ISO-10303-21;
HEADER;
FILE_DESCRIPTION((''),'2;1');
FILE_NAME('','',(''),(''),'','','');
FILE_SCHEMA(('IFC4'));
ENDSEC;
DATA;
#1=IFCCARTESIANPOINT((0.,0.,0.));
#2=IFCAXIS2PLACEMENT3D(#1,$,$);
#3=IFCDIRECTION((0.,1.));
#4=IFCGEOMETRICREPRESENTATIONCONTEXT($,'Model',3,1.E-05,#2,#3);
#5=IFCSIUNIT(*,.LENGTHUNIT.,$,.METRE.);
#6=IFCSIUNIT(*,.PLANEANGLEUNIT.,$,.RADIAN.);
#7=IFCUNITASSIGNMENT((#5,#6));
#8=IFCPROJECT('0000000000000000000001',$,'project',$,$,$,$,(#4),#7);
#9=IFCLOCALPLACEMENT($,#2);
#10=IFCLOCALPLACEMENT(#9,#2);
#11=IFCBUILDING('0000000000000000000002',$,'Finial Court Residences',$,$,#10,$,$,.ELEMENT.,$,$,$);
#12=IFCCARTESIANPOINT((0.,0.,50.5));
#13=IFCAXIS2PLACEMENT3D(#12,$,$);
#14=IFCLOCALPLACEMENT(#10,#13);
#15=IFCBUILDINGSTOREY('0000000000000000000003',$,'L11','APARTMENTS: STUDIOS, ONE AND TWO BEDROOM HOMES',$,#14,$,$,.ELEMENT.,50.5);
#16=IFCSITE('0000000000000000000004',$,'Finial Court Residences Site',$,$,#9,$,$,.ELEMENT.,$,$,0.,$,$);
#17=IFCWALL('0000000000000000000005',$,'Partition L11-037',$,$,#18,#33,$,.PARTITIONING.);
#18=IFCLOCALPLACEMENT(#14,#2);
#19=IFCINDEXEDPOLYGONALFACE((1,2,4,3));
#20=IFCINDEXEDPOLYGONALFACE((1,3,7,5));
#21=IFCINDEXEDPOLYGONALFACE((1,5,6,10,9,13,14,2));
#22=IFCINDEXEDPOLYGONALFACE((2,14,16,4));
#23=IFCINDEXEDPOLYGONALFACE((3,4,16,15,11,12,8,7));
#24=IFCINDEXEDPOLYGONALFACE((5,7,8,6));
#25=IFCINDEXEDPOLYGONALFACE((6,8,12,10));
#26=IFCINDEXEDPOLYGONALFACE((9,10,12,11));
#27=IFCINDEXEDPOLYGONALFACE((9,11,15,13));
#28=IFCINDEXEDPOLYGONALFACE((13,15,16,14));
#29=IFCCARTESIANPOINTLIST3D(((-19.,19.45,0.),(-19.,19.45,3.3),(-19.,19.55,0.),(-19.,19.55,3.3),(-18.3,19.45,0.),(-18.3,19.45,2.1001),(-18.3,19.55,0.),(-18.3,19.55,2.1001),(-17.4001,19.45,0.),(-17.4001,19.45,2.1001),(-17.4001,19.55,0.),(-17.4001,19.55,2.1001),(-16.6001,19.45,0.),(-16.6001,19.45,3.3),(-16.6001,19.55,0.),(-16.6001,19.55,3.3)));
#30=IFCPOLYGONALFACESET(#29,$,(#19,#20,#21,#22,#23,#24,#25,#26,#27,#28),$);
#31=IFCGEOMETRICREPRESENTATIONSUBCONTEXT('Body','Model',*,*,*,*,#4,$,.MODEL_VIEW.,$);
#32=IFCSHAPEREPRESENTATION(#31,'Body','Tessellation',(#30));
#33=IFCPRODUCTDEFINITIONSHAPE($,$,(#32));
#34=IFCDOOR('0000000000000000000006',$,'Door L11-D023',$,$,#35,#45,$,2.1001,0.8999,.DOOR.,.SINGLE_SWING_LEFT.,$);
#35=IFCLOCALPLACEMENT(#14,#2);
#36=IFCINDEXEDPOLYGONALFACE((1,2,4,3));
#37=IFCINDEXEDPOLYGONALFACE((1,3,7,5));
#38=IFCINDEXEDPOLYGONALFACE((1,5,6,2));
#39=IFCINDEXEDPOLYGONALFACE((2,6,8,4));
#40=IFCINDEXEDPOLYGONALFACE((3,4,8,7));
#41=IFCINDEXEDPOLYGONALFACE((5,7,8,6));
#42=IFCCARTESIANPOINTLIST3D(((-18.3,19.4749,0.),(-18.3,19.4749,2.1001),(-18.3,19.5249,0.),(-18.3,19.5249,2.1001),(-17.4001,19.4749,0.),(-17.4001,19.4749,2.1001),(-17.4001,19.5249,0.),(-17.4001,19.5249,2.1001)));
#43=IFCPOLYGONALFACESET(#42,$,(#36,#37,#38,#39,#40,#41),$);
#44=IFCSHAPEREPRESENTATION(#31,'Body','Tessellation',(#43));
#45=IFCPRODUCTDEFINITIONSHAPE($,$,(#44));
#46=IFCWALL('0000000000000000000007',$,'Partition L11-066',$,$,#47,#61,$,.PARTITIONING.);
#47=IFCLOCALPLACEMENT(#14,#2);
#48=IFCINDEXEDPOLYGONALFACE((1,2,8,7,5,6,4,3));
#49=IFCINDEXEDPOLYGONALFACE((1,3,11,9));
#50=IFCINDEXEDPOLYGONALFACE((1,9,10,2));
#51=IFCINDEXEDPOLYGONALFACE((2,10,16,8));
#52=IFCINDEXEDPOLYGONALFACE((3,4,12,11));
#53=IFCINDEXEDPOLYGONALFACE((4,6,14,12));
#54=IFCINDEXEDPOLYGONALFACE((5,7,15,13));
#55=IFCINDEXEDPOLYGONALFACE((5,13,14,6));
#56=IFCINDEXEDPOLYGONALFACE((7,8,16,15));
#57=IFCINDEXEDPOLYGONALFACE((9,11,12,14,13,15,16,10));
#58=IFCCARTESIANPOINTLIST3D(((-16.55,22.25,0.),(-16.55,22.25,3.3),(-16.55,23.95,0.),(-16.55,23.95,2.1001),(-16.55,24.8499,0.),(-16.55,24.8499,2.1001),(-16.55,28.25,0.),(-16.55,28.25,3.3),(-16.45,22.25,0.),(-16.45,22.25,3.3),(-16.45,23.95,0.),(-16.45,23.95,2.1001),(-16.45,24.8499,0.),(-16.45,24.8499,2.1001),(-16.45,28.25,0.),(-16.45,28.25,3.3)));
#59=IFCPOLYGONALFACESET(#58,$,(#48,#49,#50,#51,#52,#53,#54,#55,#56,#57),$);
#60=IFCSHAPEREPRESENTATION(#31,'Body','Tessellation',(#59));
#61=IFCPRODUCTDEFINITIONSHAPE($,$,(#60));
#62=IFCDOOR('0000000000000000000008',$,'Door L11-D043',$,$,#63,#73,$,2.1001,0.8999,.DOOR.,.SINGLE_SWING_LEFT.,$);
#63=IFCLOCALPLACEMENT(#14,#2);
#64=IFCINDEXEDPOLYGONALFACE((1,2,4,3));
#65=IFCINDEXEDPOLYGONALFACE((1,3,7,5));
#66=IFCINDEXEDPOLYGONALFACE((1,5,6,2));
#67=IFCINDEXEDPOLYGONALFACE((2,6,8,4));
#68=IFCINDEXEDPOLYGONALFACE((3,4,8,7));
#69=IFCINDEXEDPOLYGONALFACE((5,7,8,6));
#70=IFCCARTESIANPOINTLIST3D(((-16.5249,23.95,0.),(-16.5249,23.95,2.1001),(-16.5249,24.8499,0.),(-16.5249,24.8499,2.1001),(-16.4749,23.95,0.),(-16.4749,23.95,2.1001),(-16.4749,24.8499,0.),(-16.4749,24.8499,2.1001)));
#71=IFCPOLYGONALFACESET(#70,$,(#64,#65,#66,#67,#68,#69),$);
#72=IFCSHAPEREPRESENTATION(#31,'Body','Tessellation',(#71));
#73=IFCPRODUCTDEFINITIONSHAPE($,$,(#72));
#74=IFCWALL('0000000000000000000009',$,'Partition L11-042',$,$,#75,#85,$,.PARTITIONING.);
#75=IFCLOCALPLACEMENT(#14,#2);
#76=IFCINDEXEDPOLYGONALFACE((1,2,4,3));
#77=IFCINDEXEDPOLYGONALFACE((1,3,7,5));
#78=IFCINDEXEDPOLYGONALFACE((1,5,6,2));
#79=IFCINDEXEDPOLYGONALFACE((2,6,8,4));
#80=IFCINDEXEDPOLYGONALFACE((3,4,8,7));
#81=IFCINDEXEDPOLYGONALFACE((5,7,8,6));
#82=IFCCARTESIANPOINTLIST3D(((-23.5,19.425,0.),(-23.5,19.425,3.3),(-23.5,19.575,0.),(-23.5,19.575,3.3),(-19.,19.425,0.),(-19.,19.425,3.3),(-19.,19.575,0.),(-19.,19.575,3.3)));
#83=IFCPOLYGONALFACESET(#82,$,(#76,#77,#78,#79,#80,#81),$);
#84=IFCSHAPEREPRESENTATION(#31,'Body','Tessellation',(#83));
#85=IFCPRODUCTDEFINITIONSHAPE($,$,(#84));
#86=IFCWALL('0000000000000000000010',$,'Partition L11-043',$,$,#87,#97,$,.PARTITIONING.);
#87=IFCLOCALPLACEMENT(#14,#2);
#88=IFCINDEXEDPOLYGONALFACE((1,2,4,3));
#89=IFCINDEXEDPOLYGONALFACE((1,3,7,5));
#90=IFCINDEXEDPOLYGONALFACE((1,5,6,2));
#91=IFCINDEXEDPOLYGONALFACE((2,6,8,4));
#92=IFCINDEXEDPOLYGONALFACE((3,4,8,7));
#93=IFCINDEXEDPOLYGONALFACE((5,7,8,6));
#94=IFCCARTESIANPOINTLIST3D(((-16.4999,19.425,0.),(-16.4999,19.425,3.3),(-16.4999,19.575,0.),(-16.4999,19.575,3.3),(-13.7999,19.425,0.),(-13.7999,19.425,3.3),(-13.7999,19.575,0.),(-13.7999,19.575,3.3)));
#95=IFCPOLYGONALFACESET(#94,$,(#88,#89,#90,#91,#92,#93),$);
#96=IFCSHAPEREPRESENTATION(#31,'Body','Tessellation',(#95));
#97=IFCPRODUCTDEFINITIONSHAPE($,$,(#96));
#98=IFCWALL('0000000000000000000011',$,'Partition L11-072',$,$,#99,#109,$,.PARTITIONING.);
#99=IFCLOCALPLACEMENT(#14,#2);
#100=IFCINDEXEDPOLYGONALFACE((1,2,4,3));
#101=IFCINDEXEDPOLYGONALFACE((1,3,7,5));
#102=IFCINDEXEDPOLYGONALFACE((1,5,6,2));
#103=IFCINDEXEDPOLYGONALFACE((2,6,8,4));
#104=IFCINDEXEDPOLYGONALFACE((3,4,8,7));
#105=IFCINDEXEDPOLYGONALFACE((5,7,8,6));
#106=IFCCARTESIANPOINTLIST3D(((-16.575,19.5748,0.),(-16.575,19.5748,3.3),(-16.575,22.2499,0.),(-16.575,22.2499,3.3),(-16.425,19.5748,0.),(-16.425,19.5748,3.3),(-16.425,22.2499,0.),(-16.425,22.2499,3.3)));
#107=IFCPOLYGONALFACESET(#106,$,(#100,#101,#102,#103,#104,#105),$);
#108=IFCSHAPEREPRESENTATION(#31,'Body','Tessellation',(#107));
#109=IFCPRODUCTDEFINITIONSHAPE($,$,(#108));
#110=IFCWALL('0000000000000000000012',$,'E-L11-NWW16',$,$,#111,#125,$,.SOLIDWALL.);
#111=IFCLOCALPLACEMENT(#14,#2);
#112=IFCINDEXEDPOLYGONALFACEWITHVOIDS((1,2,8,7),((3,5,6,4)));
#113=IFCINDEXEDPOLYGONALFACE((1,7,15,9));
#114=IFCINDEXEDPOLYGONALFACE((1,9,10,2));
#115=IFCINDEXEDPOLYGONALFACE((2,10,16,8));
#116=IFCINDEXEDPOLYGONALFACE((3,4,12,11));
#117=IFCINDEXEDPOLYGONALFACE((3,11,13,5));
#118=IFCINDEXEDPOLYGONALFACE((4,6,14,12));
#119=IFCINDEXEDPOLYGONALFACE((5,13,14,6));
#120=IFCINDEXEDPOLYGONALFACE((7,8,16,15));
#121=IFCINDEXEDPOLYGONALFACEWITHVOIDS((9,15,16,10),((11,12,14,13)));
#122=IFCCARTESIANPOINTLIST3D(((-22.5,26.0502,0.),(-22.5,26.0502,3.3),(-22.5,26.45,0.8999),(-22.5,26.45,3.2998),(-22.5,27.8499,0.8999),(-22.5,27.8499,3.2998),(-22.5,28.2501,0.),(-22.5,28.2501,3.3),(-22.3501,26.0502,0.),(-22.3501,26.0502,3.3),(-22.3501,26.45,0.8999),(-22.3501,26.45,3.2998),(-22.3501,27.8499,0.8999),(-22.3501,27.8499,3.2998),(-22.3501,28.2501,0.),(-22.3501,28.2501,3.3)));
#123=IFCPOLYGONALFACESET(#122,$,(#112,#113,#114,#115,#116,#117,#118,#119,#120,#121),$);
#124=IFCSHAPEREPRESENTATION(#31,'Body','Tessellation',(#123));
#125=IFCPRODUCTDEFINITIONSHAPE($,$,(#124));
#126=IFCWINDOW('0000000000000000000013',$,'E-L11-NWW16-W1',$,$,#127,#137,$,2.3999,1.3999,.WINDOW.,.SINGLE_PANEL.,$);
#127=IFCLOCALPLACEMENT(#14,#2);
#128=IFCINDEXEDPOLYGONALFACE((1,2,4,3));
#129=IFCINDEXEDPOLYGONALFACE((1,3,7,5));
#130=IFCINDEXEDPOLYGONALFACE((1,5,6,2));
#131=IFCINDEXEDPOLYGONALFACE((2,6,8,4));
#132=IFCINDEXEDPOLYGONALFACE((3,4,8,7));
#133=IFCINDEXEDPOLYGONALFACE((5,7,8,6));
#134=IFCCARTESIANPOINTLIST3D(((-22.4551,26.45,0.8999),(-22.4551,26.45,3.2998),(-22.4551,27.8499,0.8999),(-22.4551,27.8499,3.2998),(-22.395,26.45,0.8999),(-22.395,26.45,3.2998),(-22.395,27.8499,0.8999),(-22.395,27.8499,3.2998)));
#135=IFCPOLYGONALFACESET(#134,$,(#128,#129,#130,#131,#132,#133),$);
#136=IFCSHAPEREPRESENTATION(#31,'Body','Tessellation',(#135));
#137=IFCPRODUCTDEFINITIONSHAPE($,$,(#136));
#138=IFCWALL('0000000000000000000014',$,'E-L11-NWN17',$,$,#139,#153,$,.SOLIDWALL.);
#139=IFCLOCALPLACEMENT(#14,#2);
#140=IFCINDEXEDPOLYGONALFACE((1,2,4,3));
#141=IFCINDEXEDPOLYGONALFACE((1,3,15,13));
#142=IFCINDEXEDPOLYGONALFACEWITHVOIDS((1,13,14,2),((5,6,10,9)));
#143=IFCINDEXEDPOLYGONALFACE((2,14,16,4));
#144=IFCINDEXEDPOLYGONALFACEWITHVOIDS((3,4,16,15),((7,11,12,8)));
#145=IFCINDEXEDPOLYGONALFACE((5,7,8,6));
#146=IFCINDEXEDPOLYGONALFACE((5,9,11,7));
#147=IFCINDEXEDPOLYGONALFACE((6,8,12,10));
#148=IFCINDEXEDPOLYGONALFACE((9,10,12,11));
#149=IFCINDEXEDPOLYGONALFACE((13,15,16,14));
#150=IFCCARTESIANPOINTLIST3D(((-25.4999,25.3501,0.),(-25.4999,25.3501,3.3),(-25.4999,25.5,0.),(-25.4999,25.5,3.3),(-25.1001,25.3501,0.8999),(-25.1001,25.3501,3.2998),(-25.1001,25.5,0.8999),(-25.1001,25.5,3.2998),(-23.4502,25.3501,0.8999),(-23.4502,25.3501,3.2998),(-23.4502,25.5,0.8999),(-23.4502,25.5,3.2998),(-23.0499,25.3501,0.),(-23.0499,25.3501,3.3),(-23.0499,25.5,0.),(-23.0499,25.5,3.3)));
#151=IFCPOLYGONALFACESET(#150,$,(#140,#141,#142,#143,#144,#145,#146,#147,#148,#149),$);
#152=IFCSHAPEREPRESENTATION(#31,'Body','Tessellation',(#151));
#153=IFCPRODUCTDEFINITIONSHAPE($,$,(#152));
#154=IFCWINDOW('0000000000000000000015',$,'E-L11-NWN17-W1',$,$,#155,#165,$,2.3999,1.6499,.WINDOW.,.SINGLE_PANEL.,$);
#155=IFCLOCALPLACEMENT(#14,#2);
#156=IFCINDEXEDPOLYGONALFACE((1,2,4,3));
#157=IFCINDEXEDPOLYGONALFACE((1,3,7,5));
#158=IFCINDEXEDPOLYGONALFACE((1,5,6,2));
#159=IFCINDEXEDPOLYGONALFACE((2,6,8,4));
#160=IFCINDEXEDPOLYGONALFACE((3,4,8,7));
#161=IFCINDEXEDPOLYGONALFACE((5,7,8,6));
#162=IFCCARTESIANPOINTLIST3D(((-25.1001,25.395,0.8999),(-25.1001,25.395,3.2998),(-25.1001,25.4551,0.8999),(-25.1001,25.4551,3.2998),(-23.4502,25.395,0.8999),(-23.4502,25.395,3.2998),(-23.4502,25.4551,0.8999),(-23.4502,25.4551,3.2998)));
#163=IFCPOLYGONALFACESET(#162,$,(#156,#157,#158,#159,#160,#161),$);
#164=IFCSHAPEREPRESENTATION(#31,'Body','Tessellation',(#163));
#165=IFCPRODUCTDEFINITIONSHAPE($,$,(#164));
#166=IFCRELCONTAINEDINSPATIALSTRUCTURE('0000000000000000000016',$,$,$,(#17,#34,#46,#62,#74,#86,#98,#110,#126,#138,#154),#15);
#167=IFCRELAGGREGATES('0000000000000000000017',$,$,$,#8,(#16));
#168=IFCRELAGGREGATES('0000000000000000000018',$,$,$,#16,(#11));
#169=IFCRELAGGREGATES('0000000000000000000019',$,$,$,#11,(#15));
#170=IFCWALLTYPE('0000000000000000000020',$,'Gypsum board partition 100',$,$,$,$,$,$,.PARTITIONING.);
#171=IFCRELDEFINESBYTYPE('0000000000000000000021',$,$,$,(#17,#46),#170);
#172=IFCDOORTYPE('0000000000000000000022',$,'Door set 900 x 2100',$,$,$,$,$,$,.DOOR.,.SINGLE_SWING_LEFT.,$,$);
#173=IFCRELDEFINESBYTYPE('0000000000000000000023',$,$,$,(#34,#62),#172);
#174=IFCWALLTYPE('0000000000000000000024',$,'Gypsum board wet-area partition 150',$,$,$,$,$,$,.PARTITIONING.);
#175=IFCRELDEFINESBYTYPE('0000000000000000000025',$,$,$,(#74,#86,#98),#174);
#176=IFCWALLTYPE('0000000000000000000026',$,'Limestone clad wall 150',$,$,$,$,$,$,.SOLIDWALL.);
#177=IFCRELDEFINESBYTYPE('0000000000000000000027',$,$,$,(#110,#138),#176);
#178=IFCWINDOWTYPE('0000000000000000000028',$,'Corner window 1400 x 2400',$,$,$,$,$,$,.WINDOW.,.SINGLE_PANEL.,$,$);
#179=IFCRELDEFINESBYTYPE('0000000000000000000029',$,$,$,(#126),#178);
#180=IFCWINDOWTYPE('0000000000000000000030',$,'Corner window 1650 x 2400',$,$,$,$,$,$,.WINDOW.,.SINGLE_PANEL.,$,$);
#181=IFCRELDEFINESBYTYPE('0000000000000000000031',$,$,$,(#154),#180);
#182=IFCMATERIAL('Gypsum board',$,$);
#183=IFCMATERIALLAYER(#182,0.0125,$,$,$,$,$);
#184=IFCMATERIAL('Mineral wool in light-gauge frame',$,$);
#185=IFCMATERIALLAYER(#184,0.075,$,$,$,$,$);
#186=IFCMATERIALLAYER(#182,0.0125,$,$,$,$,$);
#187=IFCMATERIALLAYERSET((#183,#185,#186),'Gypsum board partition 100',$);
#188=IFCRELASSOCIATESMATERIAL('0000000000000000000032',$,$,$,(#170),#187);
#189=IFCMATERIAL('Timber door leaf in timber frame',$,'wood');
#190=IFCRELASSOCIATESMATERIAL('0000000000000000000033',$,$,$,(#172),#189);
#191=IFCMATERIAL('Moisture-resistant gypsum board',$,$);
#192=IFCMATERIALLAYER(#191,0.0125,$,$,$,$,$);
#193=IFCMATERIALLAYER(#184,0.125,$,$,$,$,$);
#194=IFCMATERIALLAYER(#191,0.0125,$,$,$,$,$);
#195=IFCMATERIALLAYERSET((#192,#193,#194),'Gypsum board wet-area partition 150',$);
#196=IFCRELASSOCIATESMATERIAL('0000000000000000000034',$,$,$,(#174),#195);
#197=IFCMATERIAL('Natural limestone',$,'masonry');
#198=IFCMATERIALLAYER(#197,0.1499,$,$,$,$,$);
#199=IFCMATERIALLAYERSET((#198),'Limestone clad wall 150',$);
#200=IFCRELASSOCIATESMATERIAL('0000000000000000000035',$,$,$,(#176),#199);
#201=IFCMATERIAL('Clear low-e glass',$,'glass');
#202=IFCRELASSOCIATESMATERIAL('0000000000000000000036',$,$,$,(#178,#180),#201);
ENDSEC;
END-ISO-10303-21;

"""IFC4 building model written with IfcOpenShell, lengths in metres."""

from ifc_helpers import new_model, si_unit, direction, frame, frame_2d, origin, place, context, subcontext, project, spatial, rectangle, extrude, material, layer, layer_set, type_object, element, fill, save


model = new_model("IFC4")

# Units and contexts
model_context = context("Model", 3, precision=1e-05, world=origin(), true_north=direction((0.0, 1.0)))
body_context = subcontext(model_context, "Body", "Model", "MODEL_VIEW")
ifc_project = project(units=[si_unit("LENGTHUNIT", "METRE"), si_unit("PLANEANGLEUNIT", "RADIAN")], contexts=[model_context])

# Site, building, storey
site_placement = place(None, origin())
site = spatial("IfcSite", under=ifc_project, at=site_placement, Name="Finial Court Residences Site", CompositionType="ELEMENT", RefElevation=0.0)
building_placement = place(site_placement, origin())
building = spatial("IfcBuilding", under=site, at=building_placement, Name="Finial Court Residences", CompositionType="ELEMENT")
storey_placement = place(building_placement, frame((0.0, 0.0, 50.5)))
storey = spatial("IfcBuildingStorey", under=building, at=storey_placement, Name="L11", Description="APARTMENTS: STUDIOS, ONE AND TWO BEDROOM HOMES", CompositionType="ELEMENT", Elevation=50.5)

# Shared definitions
ifc_material_1 = material(Name="Clear low-e glass", Category="glass")

# Shared definitions
ifc_material_2 = material(Name="Gypsum board")
ifc_layer_1 = layer(ifc_material_2, 0.0125)
ifc_material_3 = material(Name="Mineral wool in light-gauge frame")
ifc_layer_2 = layer(ifc_material_3, 0.075)
ifc_layer_3 = layer(ifc_material_2, 0.0125)
ifc_layer_set_1 = layer_set([ifc_layer_1, ifc_layer_2, ifc_layer_3], Name="Gypsum board partition 100")
wall_type_1 = type_object("IfcWallType", Name="Gypsum board partition 100", PredefinedType="PARTITIONING", material=ifc_layer_set_1)

# Walls, openings, doors
wall_1_placement = place(storey_placement, frame((-19.0, 19.5, 0.0), z_axis=(0.0, 0.0, 1.0), x_axis=(1.0, 0.0, 0.0)))
wall_1 = element("IfcWall", 1, at=wall_1_placement, inside=storey, type_object=wall_type_1, Name="Partition L11-037", PredefinedType="PARTITIONING", context=body_context, shape_type="SweptSolid", body=[
    extrude(rectangle(XDim=2.3999, YDim=0.1001, at=frame_2d((1.2, 0.0))), origin(), (0.0, 0.0, 1.0), 3.3),
])
opening_1_placement = place(wall_1_placement, frame((0.7, 0.0, 0.0)))
opening_1 = element("IfcOpeningElement", 2, at=opening_1_placement, cuts=wall_1, PredefinedType="OPENING", context=body_context, shape_type="SweptSolid", body=[
    extrude(rectangle(XDim=0.8999, YDim=2.1001, at=frame_2d((0.45, 1.05))), frame((0.0, 0.0601, 0.0), z_axis=(0.0, -1.0, 0.0), x_axis=(1.0, 0.0, 0.0)), (0.0, 0.0, 1.0), 0.1201),
])
ifc_material_4 = material(Name="Timber door leaf in timber frame", Category="wood")
door_type = type_object("IfcDoorType", Name="Door set 900 x 2100", OperationType="SINGLE_SWING_LEFT", PredefinedType="DOOR", material=ifc_material_4)
door_1_placement = place(opening_1_placement, origin())
door_1 = element("IfcDoor", 3, at=door_1_placement, inside=storey, type_object=door_type, Name="Door L11-D023", OperationType="SINGLE_SWING_LEFT", OverallHeight=2.1001, OverallWidth=0.8999, PredefinedType="DOOR", context=body_context, shape_type="SweptSolid", body=[
    extrude(rectangle(XDim=0.8999, YDim=2.1001, at=frame_2d((0.45, 1.05))), frame((0.0, 0.0249, 0.0), z_axis=(0.0, -1.0, 0.0), x_axis=(1.0, 0.0, 0.0)), (0.0, 0.0, 1.0), 0.05),
])
fill(opening_1, door_1)
wall_2_placement = place(storey_placement, frame((-16.5, 22.25, 0.0), z_axis=(0.0, 0.0, 1.0), x_axis=(0.0, 1.0, 0.0)))
wall_2 = element("IfcWall", 4, at=wall_2_placement, inside=storey, type_object=wall_type_1, Name="Partition L11-066", PredefinedType="PARTITIONING", context=body_context, shape_type="SweptSolid", body=[
    extrude(rectangle(XDim=6.0, YDim=0.1001, at=frame_2d((3.0, 0.0))), origin(), (0.0, 0.0, 1.0), 3.3),
])
opening_2_placement = place(wall_2_placement, frame((1.7, 0.0, 0.0)))
opening_2 = element("IfcOpeningElement", 5, at=opening_2_placement, cuts=wall_2, PredefinedType="OPENING", context=body_context, shape_type="SweptSolid", body=[
    extrude(rectangle(XDim=0.8999, YDim=2.1001, at=frame_2d((0.45, 1.05))), frame((0.0, 0.0601, 0.0), z_axis=(0.0, -1.0, 0.0), x_axis=(1.0, 0.0, 0.0)), (0.0, 0.0, 1.0), 0.1201),
])
door_2_placement = place(opening_2_placement, origin())
door_2 = element("IfcDoor", 6, at=door_2_placement, inside=storey, type_object=door_type, Name="Door L11-D043", OperationType="SINGLE_SWING_LEFT", OverallHeight=2.1001, OverallWidth=0.8999, PredefinedType="DOOR", context=body_context, shape_type="SweptSolid", body=[
    extrude(rectangle(XDim=0.8999, YDim=2.1001, at=frame_2d((0.45, 1.05))), frame((0.0, 0.0249, 0.0), z_axis=(0.0, -1.0, 0.0), x_axis=(1.0, 0.0, 0.0)), (0.0, 0.0, 1.0), 0.05),
])
fill(opening_2, door_2)

# Walls
ifc_material_5 = material(Name="Moisture-resistant gypsum board")
ifc_layer_4 = layer(ifc_material_5, 0.0125)
ifc_layer_5 = layer(ifc_material_3, 0.125)
ifc_layer_6 = layer(ifc_material_5, 0.0125)
ifc_layer_set_2 = layer_set([ifc_layer_4, ifc_layer_5, ifc_layer_6], Name="Gypsum board wet-area partition 150")
wall_type_2 = type_object("IfcWallType", Name="Gypsum board wet-area partition 150", PredefinedType="PARTITIONING", material=ifc_layer_set_2)
wall_3_placement = place(storey_placement, frame((-23.5, 19.5, 0.0), z_axis=(0.0, 0.0, 1.0), x_axis=(1.0, 0.0, 0.0)))
element("IfcWall", 7, at=wall_3_placement, inside=storey, type_object=wall_type_2, Name="Partition L11-042", PredefinedType="PARTITIONING", context=body_context, shape_type="SweptSolid", body=[
    extrude(rectangle(XDim=4.5, YDim=0.1499, at=frame_2d((2.25, 0.0))), origin(), (0.0, 0.0, 1.0), 3.3),
])
wall_4_placement = place(storey_placement, frame((-16.5, 19.5, 0.0), z_axis=(0.0, 0.0, 1.0), x_axis=(1.0, 0.0, 0.0)))
element("IfcWall", 8, at=wall_4_placement, inside=storey, type_object=wall_type_2, Name="Partition L11-043", PredefinedType="PARTITIONING", context=body_context, shape_type="SweptSolid", body=[
    extrude(rectangle(XDim=2.7, YDim=0.1499, at=frame_2d((1.3501, 0.0))), origin(), (0.0, 0.0, 1.0), 3.3),
])
wall_5_placement = place(storey_placement, frame((-16.5, 19.575, 0.0), z_axis=(0.0, 0.0, 1.0), x_axis=(0.0, 1.0, 0.0)))
element("IfcWall", 9, at=wall_5_placement, inside=storey, type_object=wall_type_2, Name="Partition L11-072", PredefinedType="PARTITIONING", context=body_context, shape_type="SweptSolid", body=[
    extrude(rectangle(XDim=2.675, YDim=0.1499, at=frame_2d((1.3374, 0.0))), origin(), (0.0, 0.0, 1.0), 3.3),
])

# Walls, openings, windows
ifc_material_6 = material(Name="Natural limestone", Category="masonry")
ifc_layer_7 = layer(ifc_material_6, 0.1499)
ifc_layer_set_3 = layer_set([ifc_layer_7], Name="Limestone clad wall 150")
wall_type_3 = type_object("IfcWallType", Name="Limestone clad wall 150", PredefinedType="SOLIDWALL", material=ifc_layer_set_3)
wall_6_placement = place(storey_placement, frame((-22.425, 26.05, 0.0), z_axis=(0.0, 0.0, 1.0), x_axis=(0.0, 1.0, 0.0)))
wall_6 = element("IfcWall", 10, at=wall_6_placement, inside=storey, type_object=wall_type_3, Name="E-L11-NWW16", PredefinedType="SOLIDWALL", context=body_context, shape_type="SweptSolid", body=[
    extrude(rectangle(XDim=2.2, YDim=0.1499, at=frame_2d((1.1001, 0.0))), origin(), (0.0, 0.0, 1.0), 3.3),
])
opening_3_placement = place(wall_6_placement, frame((0.3999, 0.0, 0.8999)))
opening_3 = element("IfcOpeningElement", 11, at=opening_3_placement, cuts=wall_6, PredefinedType="OPENING", context=body_context, shape_type="SweptSolid", body=[
    extrude(rectangle(XDim=1.3999, YDim=2.3999, at=frame_2d((0.7, 1.2))), frame((0.0, 0.085, 0.0), z_axis=(0.0, -1.0, 0.0), x_axis=(1.0, 0.0, 0.0)), (0.0, 0.0, 1.0), 0.1699),
])
window_type_1 = type_object("IfcWindowType", Name="Corner window 1400 x 2400", PartitioningType="SINGLE_PANEL", PredefinedType="WINDOW", material=ifc_material_1)
window_1_placement = place(opening_3_placement, origin())
window_1 = element("IfcWindow", 12, at=window_1_placement, inside=storey, type_object=window_type_1, Name="E-L11-NWW16-W1", OverallHeight=2.3999, OverallWidth=1.3999, PartitioningType="SINGLE_PANEL", PredefinedType="WINDOW", context=body_context, shape_type="SweptSolid", body=[
    extrude(rectangle(XDim=1.3999, YDim=2.3999, at=frame_2d((0.7, 1.2))), frame((0.0, 0.03, 0.0), z_axis=(0.0, -1.0, 0.0), x_axis=(1.0, 0.0, 0.0)), (0.0, 0.0, 1.0), 0.0601),
])
fill(opening_3, window_1)
wall_7_placement = place(storey_placement, frame((-25.5, 25.425, 0.0), z_axis=(0.0, 0.0, 1.0), x_axis=(1.0, 0.0, 0.0)))
wall_7 = element("IfcWall", 13, at=wall_7_placement, inside=storey, type_object=wall_type_3, Name="E-L11-NWN17", PredefinedType="SOLIDWALL", context=body_context, shape_type="SweptSolid", body=[
    extrude(rectangle(XDim=2.45, YDim=0.1499, at=frame_2d((1.2251, 0.0))), origin(), (0.0, 0.0, 1.0), 3.3),
])
opening_4_placement = place(wall_7_placement, frame((0.3999, 0.0, 0.8999)))
opening_4 = element("IfcOpeningElement", 14, at=opening_4_placement, cuts=wall_7, PredefinedType="OPENING", context=body_context, shape_type="SweptSolid", body=[
    extrude(rectangle(XDim=1.6499, YDim=2.3999, at=frame_2d((0.825, 1.2))), frame((0.0, 0.085, 0.0), z_axis=(0.0, -1.0, 0.0), x_axis=(1.0, 0.0, 0.0)), (0.0, 0.0, 1.0), 0.1699),
])
window_type_2 = type_object("IfcWindowType", Name="Corner window 1650 x 2400", PartitioningType="SINGLE_PANEL", PredefinedType="WINDOW", material=ifc_material_1)
window_2_placement = place(opening_4_placement, origin())
window_2 = element("IfcWindow", 15, at=window_2_placement, inside=storey, type_object=window_type_2, Name="E-L11-NWN17-W1", OverallHeight=2.3999, OverallWidth=1.6499, PartitioningType="SINGLE_PANEL", PredefinedType="WINDOW", context=body_context, shape_type="SweptSolid", body=[
    extrude(rectangle(XDim=1.6499, YDim=2.3999, at=frame_2d((0.825, 1.2))), frame((0.0, 0.03, 0.0), z_axis=(0.0, -1.0, 0.0), x_axis=(1.0, 0.0, 0.0)), (0.0, 0.0, 1.0), 0.0601),
])
fill(opening_4, window_2)

save(model, "model.ifc")
